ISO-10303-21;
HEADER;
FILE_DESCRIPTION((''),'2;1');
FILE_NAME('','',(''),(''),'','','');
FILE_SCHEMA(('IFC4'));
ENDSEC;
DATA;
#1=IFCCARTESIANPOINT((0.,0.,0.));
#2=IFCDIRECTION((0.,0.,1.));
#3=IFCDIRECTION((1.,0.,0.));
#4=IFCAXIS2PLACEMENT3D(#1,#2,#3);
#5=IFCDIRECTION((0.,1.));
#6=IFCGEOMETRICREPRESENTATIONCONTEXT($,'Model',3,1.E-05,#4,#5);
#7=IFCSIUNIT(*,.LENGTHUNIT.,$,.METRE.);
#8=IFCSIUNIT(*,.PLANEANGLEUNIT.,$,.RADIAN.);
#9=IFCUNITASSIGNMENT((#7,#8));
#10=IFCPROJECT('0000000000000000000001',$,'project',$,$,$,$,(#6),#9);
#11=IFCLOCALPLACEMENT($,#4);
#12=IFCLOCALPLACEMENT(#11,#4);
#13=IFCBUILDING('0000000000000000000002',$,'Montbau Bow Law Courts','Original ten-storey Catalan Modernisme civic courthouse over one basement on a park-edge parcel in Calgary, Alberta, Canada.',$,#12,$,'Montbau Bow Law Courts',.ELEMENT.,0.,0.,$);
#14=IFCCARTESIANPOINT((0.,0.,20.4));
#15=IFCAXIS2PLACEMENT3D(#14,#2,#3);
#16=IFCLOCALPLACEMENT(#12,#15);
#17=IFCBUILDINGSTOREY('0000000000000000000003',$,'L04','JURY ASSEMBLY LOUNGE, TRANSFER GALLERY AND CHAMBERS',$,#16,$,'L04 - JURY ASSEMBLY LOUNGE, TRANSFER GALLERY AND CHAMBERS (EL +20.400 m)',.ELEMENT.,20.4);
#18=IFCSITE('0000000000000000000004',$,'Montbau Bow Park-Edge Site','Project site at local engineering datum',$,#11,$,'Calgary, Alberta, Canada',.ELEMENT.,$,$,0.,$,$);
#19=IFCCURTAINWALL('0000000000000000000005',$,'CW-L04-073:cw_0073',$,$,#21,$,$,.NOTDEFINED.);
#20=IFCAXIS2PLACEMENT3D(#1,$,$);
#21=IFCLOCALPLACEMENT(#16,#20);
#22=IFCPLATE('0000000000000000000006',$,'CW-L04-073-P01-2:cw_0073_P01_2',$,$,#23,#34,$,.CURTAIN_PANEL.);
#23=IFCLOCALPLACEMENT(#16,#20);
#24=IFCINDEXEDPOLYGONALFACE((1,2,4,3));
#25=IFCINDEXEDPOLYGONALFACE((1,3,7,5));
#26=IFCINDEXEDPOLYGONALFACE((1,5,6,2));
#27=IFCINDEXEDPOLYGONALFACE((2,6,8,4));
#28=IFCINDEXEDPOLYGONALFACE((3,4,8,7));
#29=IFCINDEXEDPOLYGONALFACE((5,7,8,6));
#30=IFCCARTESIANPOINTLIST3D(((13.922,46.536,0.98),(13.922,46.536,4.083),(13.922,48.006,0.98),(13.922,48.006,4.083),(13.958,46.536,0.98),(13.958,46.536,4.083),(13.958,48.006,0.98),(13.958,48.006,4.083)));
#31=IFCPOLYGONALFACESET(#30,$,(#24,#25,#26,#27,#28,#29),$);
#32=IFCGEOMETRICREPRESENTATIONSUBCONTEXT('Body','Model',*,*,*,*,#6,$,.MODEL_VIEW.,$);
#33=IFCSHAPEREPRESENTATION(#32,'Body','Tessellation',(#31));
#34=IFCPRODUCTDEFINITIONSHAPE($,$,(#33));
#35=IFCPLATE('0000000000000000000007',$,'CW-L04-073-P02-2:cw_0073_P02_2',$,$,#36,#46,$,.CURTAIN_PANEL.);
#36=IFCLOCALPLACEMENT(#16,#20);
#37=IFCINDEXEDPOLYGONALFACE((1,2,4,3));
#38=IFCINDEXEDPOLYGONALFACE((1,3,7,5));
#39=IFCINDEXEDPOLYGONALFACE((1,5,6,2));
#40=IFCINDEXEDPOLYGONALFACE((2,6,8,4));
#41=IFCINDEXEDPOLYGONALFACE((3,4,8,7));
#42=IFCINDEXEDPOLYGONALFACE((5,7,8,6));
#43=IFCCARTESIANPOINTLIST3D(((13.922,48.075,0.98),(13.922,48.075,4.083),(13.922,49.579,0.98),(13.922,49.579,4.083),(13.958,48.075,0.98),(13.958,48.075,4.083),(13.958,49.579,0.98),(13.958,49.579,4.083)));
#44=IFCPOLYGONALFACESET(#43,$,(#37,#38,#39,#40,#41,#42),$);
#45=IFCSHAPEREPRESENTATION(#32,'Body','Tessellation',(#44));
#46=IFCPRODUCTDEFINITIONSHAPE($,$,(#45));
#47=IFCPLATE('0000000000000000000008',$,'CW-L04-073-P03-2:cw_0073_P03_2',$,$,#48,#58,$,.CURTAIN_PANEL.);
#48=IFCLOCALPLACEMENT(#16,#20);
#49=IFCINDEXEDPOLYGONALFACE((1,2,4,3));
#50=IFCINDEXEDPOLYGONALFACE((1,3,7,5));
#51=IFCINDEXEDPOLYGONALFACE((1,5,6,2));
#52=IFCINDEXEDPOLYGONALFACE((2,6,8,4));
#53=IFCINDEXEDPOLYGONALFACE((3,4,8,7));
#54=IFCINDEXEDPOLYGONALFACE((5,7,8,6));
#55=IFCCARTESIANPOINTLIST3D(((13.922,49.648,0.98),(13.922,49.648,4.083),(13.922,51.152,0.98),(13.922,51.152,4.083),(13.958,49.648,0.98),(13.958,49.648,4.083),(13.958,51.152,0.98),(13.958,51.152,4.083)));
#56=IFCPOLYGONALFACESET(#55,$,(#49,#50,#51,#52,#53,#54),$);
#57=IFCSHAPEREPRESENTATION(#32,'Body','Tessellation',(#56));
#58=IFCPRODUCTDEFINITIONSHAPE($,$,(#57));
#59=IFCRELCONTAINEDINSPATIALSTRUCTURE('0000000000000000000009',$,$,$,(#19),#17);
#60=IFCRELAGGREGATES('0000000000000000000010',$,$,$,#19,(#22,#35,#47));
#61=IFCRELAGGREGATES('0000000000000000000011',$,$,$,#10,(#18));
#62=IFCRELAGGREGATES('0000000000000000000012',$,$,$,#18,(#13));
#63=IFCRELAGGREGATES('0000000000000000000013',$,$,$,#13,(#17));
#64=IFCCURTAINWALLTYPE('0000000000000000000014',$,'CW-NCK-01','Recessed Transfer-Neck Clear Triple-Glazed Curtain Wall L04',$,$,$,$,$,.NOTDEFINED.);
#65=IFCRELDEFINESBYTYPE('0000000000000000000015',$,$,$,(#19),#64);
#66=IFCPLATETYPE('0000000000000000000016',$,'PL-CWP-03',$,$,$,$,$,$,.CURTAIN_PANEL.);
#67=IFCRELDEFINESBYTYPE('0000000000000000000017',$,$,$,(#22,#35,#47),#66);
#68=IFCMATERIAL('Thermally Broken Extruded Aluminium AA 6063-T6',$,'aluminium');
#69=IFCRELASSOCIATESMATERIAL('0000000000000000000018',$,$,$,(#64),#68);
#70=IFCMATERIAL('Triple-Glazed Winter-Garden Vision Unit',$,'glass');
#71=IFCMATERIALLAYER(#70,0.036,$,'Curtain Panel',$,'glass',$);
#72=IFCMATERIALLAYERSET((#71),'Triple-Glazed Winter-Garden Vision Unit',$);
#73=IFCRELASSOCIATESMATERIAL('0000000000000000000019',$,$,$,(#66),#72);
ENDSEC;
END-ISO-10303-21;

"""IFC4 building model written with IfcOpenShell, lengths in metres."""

from ifc_helpers import new_model, si_unit, direction, frame, frame_2d, origin_with_axes, place, context, subcontext, project, spatial, rectangle, extrude, material, layer, layer_set, type_object, element, aggregate, save


model = new_model("IFC4")

# Units and contexts
model_context = context("Model", 3, precision=1e-05, world=origin_with_axes(), true_north=direction((0.0, 1.0)))
body_context = subcontext(model_context, "Body", "Model", "MODEL_VIEW")
ifc_project = project(units=[si_unit("LENGTHUNIT", "METRE"), si_unit("PLANEANGLEUNIT", "RADIAN")], contexts=[model_context])

# Site, building, storey
site_placement = place(None, origin_with_axes())
site = spatial("IfcSite", under=ifc_project, at=site_placement, Name="Montbau Bow Park-Edge Site", Description="Project site at local engineering datum", LongName="Calgary, Alberta, Canada", CompositionType="ELEMENT", RefElevation=0.0)
building_placement = place(site_placement, origin_with_axes())
building = spatial("IfcBuilding", under=site, at=building_placement, Name="Montbau Bow Law Courts", Description="Original ten-storey Catalan Modernisme civic courthouse over one basement on a park-edge parcel in Calgary, Alberta, Canada.", LongName="Montbau Bow Law Courts", CompositionType="ELEMENT", ElevationOfRefHeight=0.0, ElevationOfTerrain=0.0)
storey_placement = place(building_placement, frame((0.0, 0.0, 20.4), z_axis=(0.0, 0.0, 1.0), x_axis=(1.0, 0.0, 0.0)))
storey = spatial("IfcBuildingStorey", under=building, at=storey_placement, Name="L04", Description="JURY ASSEMBLY LOUNGE, TRANSFER GALLERY AND CHAMBERS", LongName="L04 - JURY ASSEMBLY LOUNGE, TRANSFER GALLERY AND CHAMBERS (EL +20.400 m)", CompositionType="ELEMENT", Elevation=20.4)

# Shared definitions
ifc_material_1 = material(Name="Thermally Broken Extruded Aluminium AA 6063-T6", Category="aluminium")
curtain_wall_type = type_object("IfcCurtainWallType", Name="CW-NCK-01", Description="Recessed Transfer-Neck Clear Triple-Glazed Curtain Wall L04", PredefinedType="NOTDEFINED", material=ifc_material_1)

# Curtain wall, plates
curtain_wall_1_placement = place(None, frame((13.94, 46.468, 20.4), z_axis=(0.0, 0.0, 1.0), x_axis=(1.0, 0.0, 0.0)))
curtain_wall_1 = element("IfcCurtainWall", 1, at=curtain_wall_1_placement, inside=storey, type_object=curtain_wall_type, Name="CW-L04-073:cw_0073", PredefinedType="NOTDEFINED")
ifc_material_2 = material(Name="Triple-Glazed Winter-Garden Vision Unit", Category="glass")
ifc_layer_1 = layer(ifc_material_2, 0.036, Name="Curtain Panel", Category="glass")
ifc_layer_set_1 = layer_set([ifc_layer_1], Name="Triple-Glazed Winter-Garden Vision Unit")
plate_type_1 = type_object("IfcPlateType", Name="PL-CWP-03", PredefinedType="CURTAIN_PANEL", material=ifc_layer_set_1)
plate_1_placement = place(None, frame((13.94, 46.536, 21.38), z_axis=(1.0, 0.0, 0.0), x_axis=(0.0, 1.0, 0.0)))
plate_1 = element("IfcPlate", 2, at=plate_1_placement, type_object=plate_type_1, Name="CW-L04-073-P01-2:cw_0073_P01_2", PredefinedType="CURTAIN_PANEL", context=body_context, shape_type="SweptSolid", body=[
    extrude(rectangle(XDim=1.47, YDim=3.103, at=frame_2d((0.735, 1.5515), x_axis=(1.0, 0.0))), frame((0.0, 0.0, -0.018), z_axis=(0.0, 0.0, 1.0), x_axis=(1.0, 0.0, 0.0)), (0.0, 0.0, 1.0), 0.036),
])
plate_2_placement = place(None, frame((13.94, 48.075, 21.38), z_axis=(1.0, 0.0, 0.0), x_axis=(0.0, 1.0, 0.0)))
plate_2 = element("IfcPlate", 3, at=plate_2_placement, type_object=plate_type_1, Name="CW-L04-073-P02-2:cw_0073_P02_2", PredefinedType="CURTAIN_PANEL", context=body_context, shape_type="SweptSolid", body=[
    extrude(rectangle(XDim=1.504, YDim=3.103, at=frame_2d((0.752, 1.5515), x_axis=(1.0, 0.0))), frame((0.0, 0.0, -0.018), z_axis=(0.0, 0.0, 1.0), x_axis=(1.0, 0.0, 0.0)), (0.0, 0.0, 1.0), 0.036),
])
plate_3_placement = place(None, frame((13.94, 49.648, 21.38), z_axis=(1.0, 0.0, 0.0), x_axis=(0.0, 1.0, 0.0)))
plate_3 = element("IfcPlate", 4, at=plate_3_placement, type_object=plate_type_1, Name="CW-L04-073-P03-2:cw_0073_P03_2", PredefinedType="CURTAIN_PANEL", context=body_context, shape_type="SweptSolid", body=[
    extrude(rectangle(XDim=1.504, YDim=3.103, at=frame_2d((0.752, 1.5515), x_axis=(1.0, 0.0))), frame((0.0, 0.0, -0.018), z_axis=(0.0, 0.0, 1.0), x_axis=(1.0, 0.0, 0.0)), (0.0, 0.0, 1.0), 0.036),
])
aggregate(curtain_wall_1, [plate_1, plate_2, plate_3])

save(model, "model.ifc")
